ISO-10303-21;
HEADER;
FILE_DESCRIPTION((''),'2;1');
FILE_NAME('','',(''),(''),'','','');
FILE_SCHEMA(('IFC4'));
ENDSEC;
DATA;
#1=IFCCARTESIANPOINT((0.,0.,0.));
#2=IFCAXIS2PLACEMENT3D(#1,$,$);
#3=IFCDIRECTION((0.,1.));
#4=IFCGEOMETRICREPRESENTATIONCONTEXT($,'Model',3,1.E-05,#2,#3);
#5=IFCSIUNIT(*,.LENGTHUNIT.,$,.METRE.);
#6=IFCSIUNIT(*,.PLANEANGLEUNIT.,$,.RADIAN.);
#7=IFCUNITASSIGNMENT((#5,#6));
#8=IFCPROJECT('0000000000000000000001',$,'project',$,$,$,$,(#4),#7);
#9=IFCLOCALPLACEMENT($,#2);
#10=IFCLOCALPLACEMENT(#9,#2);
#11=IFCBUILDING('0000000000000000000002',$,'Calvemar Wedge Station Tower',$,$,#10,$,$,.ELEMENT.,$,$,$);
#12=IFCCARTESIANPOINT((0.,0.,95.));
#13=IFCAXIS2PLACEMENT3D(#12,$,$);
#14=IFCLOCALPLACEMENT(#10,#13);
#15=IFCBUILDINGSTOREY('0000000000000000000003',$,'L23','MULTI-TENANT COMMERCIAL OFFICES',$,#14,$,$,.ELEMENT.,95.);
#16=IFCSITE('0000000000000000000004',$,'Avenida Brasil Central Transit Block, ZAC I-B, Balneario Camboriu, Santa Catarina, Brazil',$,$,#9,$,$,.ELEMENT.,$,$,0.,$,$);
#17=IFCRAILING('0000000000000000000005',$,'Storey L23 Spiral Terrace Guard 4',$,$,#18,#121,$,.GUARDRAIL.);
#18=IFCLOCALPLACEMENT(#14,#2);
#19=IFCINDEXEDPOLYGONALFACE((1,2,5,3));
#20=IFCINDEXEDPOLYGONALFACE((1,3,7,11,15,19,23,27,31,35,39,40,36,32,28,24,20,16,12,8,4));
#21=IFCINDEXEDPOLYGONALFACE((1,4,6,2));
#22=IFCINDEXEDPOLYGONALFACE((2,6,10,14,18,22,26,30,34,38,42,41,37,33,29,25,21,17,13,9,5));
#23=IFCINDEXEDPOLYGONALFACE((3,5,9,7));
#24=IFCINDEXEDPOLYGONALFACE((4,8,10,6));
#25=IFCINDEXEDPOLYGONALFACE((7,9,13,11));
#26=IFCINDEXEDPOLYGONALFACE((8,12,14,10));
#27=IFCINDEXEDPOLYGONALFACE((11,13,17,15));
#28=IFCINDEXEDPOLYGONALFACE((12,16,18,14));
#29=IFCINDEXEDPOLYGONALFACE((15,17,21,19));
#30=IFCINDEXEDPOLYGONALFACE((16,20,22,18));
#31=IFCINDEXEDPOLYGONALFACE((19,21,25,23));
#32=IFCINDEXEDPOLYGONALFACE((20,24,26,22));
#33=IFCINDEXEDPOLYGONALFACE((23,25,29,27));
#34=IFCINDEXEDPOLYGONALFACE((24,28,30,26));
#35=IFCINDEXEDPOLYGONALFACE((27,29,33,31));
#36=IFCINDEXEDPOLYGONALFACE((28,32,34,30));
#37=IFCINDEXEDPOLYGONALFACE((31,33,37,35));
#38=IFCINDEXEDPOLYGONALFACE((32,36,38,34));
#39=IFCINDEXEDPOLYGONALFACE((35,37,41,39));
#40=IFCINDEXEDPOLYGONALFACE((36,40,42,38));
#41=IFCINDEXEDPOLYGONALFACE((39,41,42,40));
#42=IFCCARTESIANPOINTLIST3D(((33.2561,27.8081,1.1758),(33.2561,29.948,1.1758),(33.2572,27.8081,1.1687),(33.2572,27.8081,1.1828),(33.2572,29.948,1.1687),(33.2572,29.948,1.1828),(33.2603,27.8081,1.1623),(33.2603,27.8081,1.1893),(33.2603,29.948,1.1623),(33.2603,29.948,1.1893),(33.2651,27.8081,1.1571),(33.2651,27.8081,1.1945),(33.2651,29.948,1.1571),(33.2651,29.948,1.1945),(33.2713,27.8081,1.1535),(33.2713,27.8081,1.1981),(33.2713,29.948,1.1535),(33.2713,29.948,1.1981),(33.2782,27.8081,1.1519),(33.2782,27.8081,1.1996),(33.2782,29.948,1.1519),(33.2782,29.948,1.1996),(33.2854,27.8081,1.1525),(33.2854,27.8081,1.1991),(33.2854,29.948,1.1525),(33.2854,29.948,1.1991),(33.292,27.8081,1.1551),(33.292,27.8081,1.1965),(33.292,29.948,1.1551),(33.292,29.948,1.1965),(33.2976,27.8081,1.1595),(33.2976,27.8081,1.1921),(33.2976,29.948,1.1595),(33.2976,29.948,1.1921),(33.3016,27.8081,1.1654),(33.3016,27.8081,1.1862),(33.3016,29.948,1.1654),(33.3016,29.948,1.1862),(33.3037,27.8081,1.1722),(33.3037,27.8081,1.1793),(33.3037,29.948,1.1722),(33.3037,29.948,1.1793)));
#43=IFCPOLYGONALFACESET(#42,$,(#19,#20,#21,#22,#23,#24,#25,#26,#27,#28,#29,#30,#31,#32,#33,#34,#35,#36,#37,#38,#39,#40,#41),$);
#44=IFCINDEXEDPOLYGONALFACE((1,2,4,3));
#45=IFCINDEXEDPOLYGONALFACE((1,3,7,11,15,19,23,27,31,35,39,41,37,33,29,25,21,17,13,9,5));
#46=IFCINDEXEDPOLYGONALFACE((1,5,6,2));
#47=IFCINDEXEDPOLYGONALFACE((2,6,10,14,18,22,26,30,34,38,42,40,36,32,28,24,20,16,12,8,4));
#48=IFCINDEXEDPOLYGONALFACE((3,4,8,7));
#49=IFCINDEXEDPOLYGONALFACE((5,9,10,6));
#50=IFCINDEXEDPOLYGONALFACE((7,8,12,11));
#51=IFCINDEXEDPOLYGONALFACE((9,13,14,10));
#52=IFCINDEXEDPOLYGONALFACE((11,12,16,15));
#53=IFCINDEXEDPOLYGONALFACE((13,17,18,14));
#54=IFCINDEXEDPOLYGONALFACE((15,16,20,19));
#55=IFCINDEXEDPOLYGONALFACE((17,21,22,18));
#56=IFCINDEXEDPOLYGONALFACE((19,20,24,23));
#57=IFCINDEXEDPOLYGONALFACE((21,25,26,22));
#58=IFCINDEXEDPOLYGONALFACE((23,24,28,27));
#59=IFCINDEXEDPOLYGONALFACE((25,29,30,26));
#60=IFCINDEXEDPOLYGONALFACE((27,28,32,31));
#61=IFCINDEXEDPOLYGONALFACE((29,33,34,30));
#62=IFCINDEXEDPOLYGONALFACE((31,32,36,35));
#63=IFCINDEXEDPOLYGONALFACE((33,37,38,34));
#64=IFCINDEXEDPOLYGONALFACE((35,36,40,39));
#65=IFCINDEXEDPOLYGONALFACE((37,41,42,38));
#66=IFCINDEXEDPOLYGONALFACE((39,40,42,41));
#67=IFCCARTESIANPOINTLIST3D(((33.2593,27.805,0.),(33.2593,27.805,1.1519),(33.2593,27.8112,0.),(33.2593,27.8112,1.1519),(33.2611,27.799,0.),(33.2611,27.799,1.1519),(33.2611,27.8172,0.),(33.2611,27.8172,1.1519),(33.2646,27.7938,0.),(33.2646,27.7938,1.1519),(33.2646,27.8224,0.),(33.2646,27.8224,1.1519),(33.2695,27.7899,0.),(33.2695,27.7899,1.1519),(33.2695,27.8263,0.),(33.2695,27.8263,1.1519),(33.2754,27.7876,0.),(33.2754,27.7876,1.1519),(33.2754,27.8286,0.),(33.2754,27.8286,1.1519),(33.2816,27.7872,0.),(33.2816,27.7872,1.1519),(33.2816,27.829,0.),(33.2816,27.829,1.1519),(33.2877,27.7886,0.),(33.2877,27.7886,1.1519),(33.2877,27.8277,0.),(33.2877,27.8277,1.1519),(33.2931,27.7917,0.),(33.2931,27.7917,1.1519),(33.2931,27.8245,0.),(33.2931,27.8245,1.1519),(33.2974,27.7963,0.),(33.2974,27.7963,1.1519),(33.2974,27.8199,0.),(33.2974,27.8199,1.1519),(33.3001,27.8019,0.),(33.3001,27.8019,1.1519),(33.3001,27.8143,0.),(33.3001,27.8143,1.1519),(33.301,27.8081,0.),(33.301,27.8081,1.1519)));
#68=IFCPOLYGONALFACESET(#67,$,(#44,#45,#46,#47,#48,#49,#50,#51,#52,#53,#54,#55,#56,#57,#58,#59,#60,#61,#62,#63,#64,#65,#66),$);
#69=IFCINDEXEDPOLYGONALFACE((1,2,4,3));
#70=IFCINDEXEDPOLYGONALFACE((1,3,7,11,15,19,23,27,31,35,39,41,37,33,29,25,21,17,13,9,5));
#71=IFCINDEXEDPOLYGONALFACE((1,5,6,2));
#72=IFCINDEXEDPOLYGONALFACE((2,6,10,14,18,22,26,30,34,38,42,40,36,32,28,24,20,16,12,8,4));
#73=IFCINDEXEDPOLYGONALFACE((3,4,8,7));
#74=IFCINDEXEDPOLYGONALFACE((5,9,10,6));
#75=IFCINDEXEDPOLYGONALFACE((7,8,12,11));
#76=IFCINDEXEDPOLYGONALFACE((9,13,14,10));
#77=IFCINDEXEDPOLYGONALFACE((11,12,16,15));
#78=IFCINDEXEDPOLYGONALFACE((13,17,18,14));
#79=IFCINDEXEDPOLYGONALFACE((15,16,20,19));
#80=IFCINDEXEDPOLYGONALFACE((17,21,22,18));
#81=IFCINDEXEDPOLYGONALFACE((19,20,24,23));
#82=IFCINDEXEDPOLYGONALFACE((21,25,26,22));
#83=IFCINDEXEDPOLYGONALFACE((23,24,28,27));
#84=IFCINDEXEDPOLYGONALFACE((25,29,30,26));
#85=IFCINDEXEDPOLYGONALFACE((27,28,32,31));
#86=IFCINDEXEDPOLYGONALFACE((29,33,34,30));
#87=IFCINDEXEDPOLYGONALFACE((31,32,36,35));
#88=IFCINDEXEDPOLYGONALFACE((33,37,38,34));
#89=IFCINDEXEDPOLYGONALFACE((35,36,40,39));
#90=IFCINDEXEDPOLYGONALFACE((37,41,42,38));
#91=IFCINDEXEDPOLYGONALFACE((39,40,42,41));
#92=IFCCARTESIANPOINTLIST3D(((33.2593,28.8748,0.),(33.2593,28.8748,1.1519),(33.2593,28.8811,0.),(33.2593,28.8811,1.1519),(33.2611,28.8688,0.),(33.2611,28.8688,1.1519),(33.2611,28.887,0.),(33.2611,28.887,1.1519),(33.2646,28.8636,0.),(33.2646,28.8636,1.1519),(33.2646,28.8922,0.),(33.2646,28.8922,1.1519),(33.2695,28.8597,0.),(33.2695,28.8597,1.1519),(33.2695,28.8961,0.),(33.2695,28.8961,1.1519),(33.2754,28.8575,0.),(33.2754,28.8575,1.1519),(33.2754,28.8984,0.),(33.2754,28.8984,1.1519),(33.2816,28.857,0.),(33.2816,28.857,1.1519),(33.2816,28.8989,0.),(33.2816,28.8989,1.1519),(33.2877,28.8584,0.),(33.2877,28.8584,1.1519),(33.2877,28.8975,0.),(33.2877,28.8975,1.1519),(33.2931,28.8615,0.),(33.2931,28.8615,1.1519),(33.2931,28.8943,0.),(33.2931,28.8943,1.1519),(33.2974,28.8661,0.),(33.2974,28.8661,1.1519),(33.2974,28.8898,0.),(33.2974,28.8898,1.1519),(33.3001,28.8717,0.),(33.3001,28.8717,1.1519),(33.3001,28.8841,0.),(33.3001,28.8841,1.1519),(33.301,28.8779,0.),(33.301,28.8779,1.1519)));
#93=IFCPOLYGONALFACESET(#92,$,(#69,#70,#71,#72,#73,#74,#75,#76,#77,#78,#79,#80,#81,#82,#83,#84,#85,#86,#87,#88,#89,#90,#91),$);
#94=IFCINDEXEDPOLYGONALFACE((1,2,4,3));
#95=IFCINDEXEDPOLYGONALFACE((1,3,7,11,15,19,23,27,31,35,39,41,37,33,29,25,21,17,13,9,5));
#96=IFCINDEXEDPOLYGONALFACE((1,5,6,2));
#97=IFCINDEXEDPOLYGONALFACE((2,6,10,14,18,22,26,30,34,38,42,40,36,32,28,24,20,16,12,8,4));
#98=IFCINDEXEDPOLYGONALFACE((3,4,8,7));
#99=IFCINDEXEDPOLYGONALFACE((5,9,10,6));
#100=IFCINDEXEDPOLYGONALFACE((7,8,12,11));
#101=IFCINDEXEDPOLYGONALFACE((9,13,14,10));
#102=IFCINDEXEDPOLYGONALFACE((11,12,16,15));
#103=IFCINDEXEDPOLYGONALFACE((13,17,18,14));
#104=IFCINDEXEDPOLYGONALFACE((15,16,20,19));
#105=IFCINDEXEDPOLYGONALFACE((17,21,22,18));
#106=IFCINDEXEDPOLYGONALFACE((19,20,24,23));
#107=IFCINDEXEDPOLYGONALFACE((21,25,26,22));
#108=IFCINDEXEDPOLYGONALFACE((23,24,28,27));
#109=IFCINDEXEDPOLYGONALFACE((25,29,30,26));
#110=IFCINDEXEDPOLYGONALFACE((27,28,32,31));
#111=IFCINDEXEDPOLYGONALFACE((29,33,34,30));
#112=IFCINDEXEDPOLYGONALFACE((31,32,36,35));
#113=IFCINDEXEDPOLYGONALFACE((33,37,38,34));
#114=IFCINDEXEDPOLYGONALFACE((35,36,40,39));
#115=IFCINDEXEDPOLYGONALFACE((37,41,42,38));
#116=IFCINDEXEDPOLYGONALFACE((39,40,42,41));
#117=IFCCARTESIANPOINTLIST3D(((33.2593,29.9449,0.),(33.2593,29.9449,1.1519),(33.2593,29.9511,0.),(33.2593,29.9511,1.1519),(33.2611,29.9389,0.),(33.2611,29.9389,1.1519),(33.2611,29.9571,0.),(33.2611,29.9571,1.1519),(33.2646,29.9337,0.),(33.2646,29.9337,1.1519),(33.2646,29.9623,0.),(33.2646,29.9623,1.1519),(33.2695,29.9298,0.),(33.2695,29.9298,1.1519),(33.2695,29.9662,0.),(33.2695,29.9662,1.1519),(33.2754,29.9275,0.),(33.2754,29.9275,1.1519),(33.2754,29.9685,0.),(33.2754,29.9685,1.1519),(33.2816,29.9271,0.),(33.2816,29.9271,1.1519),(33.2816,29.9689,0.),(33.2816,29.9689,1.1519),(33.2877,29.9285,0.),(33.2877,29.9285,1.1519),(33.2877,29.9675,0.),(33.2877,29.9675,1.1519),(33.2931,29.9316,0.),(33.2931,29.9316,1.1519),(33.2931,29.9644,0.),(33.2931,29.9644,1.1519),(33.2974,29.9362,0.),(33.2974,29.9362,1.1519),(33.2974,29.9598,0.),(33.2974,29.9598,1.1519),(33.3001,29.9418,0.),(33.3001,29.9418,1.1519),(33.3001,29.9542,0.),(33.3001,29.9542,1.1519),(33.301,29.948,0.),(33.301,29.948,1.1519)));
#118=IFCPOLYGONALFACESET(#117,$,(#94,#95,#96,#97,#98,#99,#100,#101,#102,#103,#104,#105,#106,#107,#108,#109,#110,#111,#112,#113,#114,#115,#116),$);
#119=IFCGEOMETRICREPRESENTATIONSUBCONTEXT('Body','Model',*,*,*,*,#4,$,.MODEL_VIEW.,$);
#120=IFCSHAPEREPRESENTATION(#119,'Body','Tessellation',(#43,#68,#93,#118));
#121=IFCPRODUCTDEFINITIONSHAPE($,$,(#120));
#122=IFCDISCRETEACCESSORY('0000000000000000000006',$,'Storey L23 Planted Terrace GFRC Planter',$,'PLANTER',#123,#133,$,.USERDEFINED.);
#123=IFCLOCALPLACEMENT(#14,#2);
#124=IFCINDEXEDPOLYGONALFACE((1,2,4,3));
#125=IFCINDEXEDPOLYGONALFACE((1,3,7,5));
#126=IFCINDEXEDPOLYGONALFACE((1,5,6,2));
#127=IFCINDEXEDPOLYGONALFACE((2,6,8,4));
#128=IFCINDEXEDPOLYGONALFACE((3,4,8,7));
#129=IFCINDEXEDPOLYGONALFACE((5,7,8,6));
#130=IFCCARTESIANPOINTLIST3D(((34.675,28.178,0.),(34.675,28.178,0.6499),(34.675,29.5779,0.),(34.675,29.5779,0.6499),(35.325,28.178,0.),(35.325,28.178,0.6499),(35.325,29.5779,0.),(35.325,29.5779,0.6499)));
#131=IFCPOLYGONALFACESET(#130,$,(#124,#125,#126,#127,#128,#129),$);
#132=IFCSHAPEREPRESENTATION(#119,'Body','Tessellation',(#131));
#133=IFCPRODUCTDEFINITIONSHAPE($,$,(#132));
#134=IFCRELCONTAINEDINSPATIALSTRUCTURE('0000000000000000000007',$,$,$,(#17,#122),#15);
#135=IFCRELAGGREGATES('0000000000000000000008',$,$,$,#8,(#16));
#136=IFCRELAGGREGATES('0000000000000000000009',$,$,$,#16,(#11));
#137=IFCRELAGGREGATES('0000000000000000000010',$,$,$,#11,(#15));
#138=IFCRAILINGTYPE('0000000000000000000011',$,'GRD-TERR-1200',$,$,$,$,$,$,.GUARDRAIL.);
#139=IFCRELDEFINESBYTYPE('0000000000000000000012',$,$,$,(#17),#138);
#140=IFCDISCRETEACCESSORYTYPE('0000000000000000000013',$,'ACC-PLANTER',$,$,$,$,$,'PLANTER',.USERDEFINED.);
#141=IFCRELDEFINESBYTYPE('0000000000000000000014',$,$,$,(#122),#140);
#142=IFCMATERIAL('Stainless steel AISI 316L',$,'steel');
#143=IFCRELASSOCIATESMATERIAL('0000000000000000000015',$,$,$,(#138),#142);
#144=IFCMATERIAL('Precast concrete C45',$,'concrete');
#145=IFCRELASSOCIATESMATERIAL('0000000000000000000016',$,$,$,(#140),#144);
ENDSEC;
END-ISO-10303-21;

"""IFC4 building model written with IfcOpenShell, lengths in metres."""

from ifc_helpers import new_model, si_unit, direction, frame, origin, origin_2d, place, context, subcontext, project, spatial, rectangle, circle, extrude, source, transform, mapped, material, type_object, element, save


model = new_model("IFC4")

# Units and contexts
model_context = context("Model", 3, precision=1e-05, world=origin(), true_north=direction((0.0, 1.0)))
body_context = subcontext(model_context, "Body", "Model", "MODEL_VIEW")
ifc_project = project(units=[si_unit("LENGTHUNIT", "METRE"), si_unit("PLANEANGLEUNIT", "RADIAN")], contexts=[model_context])

# Site, building, storey
site_placement = place(None, origin())
site = spatial("IfcSite", under=ifc_project, at=site_placement, Name="Avenida Brasil Central Transit Block, ZAC I-B, Balneario Camboriu, Santa Catarina, Brazil", CompositionType="ELEMENT", RefElevation=0.0)
building_placement = place(site_placement, origin())
building = spatial("IfcBuilding", under=site, at=building_placement, Name="Calvemar Wedge Station Tower", CompositionType="ELEMENT")
storey_placement = place(building_placement, frame((0.0, 0.0, 95.0)))
storey = spatial("IfcBuildingStorey", under=building, at=storey_placement, Name="L23", Description="MULTI-TENANT COMMERCIAL OFFICES", CompositionType="ELEMENT", Elevation=95.0)

# Shared definitions
ifc_material_1 = material(Name="Precast concrete C45", Category="concrete")

# Railing
ifc_material_2 = material(Name="Stainless steel AISI 316L", Category="steel")
railing_type = type_object("IfcRailingType", Name="GRD-TERR-1200", PredefinedType="GUARDRAIL", material=ifc_material_2)
railing_1_placement = place(storey_placement, frame((33.28, 27.8081, 0.0)))
element("IfcRailing", 1, at=railing_1_placement, inside=storey, type_object=railing_type, Name="Storey L23 Spiral Terrace Guard 4", PredefinedType="GUARDRAIL", context=body_context, shape_type="SweptSolid", body=[
    extrude(circle(Radius=0.0239, at=origin_2d()), frame((0.0, 0.0, 1.1758), z_axis=(0.0, 1.0, 0.0), x_axis=(-1.0, 0.0, 0.0)), (0.0, 0.0, 1.0), 2.1399),
    extrude(circle(Radius=0.021, at=origin_2d()), origin(), (0.0, 0.0, 1.0), 1.1519),
    extrude(circle(Radius=0.021, at=origin_2d()), frame((0.0, 1.0698, 0.0)), (0.0, 0.0, 1.0), 1.1519),
    extrude(circle(Radius=0.021, at=origin_2d()), frame((0.0, 2.1399, 0.0)), (0.0, 0.0, 1.0), 1.1519),
])

# Discrete accessory
discrete_accessory_type = type_object("IfcDiscreteAccessoryType", Name="ACC-PLANTER", ElementType="PLANTER", PredefinedType="USERDEFINED", material=ifc_material_1)
shared_shape_1 = source(origin(), body_context, "Body", "SweptSolid", [
    extrude(rectangle(XDim=0.6499, YDim=1.3999, at=origin_2d()), origin(), (0.0, 0.0, 1.0), 0.6499),
])
discrete_accessory_placement = place(storey_placement, frame((35.0, 28.8779, 0.0), z_axis=(0.0, 0.0, 1.0), x_axis=(1.0, 0.0, 0.0)))
element("IfcDiscreteAccessory", 2, at=discrete_accessory_placement, inside=storey, type_object=discrete_accessory_type, Name="Storey L23 Planted Terrace GFRC Planter", ObjectType="PLANTER", PredefinedType="USERDEFINED", context=body_context, shape_type="MappedRepresentation", body=[
    mapped(shared_shape_1, transform((0.0, 0.0, 0.0), scale=1.0)),
])

save(model, "model.ifc")
